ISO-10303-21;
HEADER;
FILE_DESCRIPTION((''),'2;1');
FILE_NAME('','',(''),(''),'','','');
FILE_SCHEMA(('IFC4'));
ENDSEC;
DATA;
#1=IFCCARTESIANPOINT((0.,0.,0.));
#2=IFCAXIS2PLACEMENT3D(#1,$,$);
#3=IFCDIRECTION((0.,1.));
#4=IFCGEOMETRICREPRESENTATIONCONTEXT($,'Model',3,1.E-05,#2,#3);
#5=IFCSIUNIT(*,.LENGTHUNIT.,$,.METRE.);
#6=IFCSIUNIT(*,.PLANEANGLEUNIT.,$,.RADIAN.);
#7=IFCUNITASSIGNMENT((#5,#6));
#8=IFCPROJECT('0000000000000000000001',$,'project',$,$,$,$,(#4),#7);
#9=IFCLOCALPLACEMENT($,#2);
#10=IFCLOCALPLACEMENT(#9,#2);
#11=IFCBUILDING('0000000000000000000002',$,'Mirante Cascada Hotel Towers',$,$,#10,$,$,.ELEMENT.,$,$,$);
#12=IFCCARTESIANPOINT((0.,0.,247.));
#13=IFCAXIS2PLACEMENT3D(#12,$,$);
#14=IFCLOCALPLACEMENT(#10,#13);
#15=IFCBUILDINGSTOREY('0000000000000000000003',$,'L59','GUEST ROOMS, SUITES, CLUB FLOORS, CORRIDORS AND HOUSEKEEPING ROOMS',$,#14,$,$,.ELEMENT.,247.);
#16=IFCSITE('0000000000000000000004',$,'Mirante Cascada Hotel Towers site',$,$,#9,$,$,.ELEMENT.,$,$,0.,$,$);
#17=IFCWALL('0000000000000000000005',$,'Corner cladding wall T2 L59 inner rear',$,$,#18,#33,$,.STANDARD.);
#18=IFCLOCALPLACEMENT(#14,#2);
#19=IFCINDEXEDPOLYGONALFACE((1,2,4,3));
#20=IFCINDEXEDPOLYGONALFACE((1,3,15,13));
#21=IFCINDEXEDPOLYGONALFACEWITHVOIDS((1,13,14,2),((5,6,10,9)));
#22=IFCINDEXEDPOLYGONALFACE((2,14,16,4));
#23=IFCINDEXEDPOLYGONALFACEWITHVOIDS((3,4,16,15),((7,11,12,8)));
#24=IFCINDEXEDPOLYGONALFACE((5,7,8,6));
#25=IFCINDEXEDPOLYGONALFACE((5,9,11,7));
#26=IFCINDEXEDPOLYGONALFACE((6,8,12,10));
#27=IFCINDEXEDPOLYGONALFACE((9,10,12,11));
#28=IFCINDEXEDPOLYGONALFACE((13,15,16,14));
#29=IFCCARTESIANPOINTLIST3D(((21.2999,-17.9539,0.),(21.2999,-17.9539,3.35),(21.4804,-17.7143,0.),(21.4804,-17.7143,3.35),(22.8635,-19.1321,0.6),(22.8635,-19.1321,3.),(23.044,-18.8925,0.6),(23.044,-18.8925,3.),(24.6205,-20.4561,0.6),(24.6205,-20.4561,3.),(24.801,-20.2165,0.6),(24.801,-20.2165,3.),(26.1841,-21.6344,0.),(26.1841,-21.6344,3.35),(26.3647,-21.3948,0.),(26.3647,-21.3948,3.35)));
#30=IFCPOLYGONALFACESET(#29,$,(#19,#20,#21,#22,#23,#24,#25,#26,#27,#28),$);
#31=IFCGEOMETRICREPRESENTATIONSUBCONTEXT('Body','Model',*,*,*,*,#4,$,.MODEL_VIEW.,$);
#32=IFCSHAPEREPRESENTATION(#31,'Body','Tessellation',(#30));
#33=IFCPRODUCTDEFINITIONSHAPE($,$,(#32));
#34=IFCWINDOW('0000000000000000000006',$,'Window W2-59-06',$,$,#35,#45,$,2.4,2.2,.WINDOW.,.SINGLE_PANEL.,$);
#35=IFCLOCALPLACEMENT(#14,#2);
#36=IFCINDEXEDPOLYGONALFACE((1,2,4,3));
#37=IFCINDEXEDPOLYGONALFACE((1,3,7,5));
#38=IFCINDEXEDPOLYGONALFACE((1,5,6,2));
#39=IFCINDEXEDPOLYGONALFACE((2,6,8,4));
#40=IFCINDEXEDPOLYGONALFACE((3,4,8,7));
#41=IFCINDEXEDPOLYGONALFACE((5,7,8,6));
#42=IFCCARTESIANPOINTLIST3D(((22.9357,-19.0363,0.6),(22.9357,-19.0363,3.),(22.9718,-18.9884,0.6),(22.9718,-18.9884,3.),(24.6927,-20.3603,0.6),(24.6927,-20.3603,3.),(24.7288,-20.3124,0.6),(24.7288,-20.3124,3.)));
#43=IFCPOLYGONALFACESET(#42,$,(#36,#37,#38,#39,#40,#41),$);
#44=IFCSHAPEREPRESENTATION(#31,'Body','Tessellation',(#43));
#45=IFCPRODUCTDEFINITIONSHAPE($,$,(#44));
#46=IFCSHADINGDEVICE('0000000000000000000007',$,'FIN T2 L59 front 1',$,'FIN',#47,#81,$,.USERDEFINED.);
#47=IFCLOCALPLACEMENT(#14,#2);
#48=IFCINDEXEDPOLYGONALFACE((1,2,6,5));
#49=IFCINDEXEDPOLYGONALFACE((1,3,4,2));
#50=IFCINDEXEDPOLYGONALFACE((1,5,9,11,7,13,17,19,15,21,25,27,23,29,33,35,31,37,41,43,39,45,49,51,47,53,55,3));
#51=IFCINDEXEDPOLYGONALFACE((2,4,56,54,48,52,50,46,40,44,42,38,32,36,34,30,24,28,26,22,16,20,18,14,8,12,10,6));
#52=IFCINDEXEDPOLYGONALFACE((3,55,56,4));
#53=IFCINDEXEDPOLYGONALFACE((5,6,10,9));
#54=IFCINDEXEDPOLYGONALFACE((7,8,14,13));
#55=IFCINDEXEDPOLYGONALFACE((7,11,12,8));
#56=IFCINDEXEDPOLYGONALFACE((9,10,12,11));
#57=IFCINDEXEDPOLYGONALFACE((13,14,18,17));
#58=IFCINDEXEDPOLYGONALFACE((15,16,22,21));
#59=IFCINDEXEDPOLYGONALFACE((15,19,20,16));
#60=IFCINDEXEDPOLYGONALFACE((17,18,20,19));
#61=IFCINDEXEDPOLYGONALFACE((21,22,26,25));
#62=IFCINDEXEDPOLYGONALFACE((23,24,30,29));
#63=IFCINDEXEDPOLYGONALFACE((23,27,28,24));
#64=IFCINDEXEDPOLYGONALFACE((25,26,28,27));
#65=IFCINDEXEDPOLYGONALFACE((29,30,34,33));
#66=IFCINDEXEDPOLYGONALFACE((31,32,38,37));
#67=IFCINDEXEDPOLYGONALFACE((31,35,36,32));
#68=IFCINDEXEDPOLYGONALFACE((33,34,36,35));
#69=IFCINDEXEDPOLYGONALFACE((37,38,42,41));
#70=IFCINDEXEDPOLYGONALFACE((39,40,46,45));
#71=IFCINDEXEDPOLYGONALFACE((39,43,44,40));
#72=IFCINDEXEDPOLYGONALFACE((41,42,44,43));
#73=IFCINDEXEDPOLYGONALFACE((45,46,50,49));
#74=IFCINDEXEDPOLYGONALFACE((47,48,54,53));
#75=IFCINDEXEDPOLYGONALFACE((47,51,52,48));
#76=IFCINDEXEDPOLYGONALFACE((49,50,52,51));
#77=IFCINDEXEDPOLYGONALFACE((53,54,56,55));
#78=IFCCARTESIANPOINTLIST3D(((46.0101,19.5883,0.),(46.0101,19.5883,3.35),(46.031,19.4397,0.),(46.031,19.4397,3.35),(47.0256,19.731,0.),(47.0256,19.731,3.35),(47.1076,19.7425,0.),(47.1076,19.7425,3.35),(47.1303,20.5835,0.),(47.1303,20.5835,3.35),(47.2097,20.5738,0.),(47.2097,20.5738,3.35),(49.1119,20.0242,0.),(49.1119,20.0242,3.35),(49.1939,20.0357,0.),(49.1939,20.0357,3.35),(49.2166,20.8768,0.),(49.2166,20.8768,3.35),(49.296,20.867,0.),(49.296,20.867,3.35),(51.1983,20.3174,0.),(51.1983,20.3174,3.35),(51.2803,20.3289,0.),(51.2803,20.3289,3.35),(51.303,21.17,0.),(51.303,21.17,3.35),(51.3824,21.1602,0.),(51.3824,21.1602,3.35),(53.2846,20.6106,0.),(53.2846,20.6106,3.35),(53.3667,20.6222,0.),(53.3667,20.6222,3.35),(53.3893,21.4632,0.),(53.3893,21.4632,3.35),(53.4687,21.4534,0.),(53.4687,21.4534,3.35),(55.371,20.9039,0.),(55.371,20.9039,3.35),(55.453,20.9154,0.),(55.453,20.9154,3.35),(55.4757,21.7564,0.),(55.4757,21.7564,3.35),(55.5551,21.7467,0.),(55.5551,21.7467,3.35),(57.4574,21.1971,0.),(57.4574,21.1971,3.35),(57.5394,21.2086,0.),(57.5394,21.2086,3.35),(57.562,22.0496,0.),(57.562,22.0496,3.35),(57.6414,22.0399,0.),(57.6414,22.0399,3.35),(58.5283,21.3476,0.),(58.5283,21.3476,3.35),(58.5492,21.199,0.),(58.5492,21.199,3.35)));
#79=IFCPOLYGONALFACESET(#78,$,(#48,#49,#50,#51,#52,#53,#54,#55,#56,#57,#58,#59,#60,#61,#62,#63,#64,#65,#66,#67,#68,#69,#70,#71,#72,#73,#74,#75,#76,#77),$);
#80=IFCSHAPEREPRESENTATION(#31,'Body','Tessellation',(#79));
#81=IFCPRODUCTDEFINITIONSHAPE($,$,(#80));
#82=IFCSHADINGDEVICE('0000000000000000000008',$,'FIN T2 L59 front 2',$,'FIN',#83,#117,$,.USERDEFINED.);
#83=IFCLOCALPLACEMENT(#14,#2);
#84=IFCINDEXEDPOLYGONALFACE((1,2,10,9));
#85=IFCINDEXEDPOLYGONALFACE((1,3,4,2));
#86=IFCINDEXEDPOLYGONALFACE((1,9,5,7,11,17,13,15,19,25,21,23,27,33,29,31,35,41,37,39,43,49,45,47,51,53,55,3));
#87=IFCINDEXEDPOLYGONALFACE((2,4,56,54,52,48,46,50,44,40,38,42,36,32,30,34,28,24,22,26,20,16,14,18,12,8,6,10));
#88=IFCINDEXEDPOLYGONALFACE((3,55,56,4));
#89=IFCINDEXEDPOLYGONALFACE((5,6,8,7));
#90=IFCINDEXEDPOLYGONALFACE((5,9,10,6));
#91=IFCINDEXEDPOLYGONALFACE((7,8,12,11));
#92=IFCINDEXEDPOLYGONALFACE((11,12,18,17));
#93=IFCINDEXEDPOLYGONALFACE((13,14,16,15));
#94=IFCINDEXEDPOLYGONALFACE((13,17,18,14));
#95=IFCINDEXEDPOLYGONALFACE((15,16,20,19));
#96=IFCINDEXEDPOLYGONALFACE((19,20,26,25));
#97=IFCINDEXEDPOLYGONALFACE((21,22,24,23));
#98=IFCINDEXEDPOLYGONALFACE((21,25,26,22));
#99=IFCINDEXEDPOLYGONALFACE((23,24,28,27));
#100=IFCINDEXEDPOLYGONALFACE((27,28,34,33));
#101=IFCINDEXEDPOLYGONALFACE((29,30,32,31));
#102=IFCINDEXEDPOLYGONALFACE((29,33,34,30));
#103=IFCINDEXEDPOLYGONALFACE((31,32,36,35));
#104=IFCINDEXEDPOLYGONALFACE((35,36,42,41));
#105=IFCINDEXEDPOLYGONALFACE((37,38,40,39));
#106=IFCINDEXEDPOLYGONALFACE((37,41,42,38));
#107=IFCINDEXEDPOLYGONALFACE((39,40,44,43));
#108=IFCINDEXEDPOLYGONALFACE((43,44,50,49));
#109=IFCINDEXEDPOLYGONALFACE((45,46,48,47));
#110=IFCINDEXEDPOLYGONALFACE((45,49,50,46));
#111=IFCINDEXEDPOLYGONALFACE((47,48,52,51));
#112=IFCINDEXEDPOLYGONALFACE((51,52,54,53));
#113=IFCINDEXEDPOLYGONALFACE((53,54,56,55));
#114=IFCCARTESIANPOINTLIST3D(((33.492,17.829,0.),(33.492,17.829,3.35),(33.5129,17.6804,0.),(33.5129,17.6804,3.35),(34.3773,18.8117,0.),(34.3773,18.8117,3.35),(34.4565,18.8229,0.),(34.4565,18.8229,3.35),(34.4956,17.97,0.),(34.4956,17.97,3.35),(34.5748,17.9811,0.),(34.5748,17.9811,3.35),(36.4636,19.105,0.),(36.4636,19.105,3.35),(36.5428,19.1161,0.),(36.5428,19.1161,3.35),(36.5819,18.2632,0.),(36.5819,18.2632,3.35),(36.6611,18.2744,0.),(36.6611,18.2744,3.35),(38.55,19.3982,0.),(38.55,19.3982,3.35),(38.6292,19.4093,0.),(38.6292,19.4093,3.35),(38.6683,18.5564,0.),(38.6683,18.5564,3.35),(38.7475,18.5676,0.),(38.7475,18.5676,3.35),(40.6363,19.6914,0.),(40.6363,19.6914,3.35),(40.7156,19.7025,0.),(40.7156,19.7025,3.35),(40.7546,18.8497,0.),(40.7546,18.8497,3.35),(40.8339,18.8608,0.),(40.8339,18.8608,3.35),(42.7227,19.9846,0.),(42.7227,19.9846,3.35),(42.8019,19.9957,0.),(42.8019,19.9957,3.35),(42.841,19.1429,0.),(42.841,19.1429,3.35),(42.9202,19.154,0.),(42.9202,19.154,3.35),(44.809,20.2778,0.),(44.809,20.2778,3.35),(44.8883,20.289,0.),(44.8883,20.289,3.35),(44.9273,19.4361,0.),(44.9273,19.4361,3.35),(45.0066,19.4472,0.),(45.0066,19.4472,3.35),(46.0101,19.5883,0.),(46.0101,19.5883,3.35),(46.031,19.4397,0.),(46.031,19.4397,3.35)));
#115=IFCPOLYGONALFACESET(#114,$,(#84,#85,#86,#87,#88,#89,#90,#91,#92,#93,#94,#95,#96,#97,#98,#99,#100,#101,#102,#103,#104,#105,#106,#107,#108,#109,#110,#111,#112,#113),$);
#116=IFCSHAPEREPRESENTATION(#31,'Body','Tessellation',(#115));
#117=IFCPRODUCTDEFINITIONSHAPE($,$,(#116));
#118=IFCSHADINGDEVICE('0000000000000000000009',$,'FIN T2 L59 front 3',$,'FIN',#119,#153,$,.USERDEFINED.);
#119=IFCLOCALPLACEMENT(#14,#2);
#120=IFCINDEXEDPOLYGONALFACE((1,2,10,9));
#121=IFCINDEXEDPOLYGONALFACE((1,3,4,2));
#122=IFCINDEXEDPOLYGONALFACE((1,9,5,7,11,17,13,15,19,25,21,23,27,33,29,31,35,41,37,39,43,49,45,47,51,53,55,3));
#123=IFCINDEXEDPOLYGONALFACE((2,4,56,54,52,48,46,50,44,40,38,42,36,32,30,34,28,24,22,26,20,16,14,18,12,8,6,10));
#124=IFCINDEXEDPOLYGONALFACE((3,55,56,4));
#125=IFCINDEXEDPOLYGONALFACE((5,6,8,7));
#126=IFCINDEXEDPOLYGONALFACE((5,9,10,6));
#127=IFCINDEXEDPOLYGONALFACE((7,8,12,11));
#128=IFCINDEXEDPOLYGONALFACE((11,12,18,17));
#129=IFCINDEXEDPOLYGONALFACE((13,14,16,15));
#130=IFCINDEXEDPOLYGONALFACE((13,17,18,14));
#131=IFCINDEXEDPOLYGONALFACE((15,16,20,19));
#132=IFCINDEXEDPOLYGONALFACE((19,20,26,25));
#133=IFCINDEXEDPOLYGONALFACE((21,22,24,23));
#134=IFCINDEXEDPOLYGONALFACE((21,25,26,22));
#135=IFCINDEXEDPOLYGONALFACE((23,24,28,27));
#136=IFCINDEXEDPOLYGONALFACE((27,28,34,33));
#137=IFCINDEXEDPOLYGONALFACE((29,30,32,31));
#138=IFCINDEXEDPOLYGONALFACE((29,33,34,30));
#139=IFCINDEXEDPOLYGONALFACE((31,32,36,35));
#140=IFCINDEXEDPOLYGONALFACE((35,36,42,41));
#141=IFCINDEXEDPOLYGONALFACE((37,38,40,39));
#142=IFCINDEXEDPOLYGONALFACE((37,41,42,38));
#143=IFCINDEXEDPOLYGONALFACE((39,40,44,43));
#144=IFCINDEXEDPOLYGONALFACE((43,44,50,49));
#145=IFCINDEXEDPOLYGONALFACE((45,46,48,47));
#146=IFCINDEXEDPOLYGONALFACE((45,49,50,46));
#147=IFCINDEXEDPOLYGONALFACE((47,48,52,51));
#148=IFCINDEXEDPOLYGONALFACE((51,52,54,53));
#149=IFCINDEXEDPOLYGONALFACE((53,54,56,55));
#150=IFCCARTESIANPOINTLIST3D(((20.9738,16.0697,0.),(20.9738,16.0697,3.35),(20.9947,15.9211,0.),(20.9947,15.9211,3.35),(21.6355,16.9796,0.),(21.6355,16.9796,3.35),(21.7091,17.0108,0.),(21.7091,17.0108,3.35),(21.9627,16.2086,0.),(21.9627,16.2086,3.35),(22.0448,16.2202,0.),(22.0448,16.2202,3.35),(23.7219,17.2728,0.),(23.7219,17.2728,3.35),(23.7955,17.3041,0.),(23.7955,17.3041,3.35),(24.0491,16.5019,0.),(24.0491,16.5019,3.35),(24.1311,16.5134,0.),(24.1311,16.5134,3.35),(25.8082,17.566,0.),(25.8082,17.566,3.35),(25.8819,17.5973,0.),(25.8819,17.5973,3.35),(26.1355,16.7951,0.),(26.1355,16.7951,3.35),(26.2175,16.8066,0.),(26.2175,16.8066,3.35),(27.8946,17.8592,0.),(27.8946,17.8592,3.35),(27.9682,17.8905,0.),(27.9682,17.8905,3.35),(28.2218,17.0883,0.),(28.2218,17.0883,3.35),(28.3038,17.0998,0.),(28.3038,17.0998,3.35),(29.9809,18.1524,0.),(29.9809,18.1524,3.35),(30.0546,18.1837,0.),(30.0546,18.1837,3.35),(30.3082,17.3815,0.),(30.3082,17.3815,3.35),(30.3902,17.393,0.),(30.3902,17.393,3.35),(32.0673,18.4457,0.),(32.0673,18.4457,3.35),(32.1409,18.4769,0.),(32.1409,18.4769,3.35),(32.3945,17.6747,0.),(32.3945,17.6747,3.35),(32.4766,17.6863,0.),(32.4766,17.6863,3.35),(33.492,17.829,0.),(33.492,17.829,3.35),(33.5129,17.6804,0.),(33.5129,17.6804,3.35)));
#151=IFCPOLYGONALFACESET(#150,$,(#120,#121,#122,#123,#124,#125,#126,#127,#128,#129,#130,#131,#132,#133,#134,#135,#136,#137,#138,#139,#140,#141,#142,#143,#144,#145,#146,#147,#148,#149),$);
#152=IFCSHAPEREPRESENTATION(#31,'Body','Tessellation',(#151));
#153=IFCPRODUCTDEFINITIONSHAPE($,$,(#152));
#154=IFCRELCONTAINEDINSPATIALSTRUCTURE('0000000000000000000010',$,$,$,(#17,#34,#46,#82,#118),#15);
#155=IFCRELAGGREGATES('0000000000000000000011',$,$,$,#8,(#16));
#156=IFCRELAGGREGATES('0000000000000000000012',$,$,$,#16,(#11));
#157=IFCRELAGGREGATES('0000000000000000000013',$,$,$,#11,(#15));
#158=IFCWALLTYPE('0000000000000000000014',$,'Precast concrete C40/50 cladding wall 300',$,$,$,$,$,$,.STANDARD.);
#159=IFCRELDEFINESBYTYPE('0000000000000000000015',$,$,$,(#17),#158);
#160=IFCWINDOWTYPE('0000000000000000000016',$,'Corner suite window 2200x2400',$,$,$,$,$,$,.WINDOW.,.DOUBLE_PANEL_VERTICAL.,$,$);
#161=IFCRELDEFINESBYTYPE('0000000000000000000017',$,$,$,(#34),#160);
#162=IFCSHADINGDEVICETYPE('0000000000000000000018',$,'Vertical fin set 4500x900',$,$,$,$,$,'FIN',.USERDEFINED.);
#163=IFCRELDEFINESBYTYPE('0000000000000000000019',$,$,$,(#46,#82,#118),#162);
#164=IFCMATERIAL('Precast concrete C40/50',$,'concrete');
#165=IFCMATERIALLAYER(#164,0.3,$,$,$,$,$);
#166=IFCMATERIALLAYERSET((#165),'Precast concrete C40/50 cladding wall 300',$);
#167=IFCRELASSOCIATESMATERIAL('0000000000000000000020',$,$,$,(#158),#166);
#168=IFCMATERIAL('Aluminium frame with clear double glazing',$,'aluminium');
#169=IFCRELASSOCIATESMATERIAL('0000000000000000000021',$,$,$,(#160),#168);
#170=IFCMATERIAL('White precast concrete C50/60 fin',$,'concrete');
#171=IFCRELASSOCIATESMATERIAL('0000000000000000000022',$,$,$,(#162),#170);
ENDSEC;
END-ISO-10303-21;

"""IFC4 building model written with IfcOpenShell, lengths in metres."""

from ifc_helpers import new_model, si_unit, direction, frame, frame_2d, origin, place, context, subcontext, project, spatial, polyline, rectangle, outline, extrude, material, layer, layer_set, type_object, element, fill, save


model = new_model("IFC4")

# Units and contexts
model_context = context("Model", 3, precision=1e-05, world=origin(), true_north=direction((0.0, 1.0)))
body_context = subcontext(model_context, "Body", "Model", "MODEL_VIEW")
ifc_project = project(units=[si_unit("LENGTHUNIT", "METRE"), si_unit("PLANEANGLEUNIT", "RADIAN")], contexts=[model_context])

# Site, building, storey
site_placement = place(None, origin())
site = spatial("IfcSite", under=ifc_project, at=site_placement, Name="Mirante Cascada Hotel Towers site", CompositionType="ELEMENT", RefElevation=0.0)
building_placement = place(site_placement, origin())
building = spatial("IfcBuilding", under=site, at=building_placement, Name="Mirante Cascada Hotel Towers", CompositionType="ELEMENT")
storey_placement = place(building_placement, frame((0.0, 0.0, 247.0)))
storey = spatial("IfcBuildingStorey", under=building, at=storey_placement, Name="L59", Description="GUEST ROOMS, SUITES, CLUB FLOORS, CORRIDORS AND HOUSEKEEPING ROOMS", CompositionType="ELEMENT", Elevation=247.0)

# Wall, opening, window
ifc_material_1 = material(Name="Precast concrete C40/50", Category="concrete")
ifc_layer_1 = layer(ifc_material_1, 0.3)
ifc_layer_set_1 = layer_set([ifc_layer_1], Name="Precast concrete C40/50 cladding wall 300")
wall_type_1 = type_object("IfcWallType", Name="Precast concrete C40/50 cladding wall 300", PredefinedType="STANDARD", material=ifc_layer_set_1)
wall_1_placement = place(storey_placement, frame((21.3902, -17.8341, 0.0), z_axis=(0.0, 0.0, 1.0), x_axis=(0.798636, -0.601814, 0.0)))
wall_1 = element("IfcWall", 1, at=wall_1_placement, inside=storey, type_object=wall_type_1, Name="Corner cladding wall T2 L59 inner rear", PredefinedType="STANDARD", context=body_context, shape_type="SweptSolid", body=[
    extrude(rectangle(XDim=6.1157, YDim=0.3, at=frame_2d((3.0578, 0.0))), origin(), (0.0, 0.0, 1.0), 3.35),
])
opening_1_placement = place(wall_1_placement, frame((1.9578, 0.0, 0.6)))
opening_1 = element("IfcOpeningElement", 2, at=opening_1_placement, cuts=wall_1, PredefinedType="OPENING", context=body_context, shape_type="SweptSolid", body=[
    extrude(rectangle(XDim=2.2, YDim=2.4, at=frame_2d((1.1, 1.2))), frame((0.0, 0.15, 0.0), z_axis=(0.0, -1.0, 0.0), x_axis=(1.0, 0.0, 0.0)), (0.0, 0.0, 1.0), 0.3),
])
ifc_material_2 = material(Name="Aluminium frame with clear double glazing", Category="aluminium")
window_type = type_object("IfcWindowType", Name="Corner suite window 2200x2400", PartitioningType="DOUBLE_PANEL_VERTICAL", PredefinedType="WINDOW", material=ifc_material_2)
window_placement = place(opening_1_placement, origin())
window = element("IfcWindow", 3, at=window_placement, inside=storey, type_object=window_type, Name="Window W2-59-06", OverallHeight=2.4, OverallWidth=2.2, PartitioningType="SINGLE_PANEL", PredefinedType="WINDOW", context=body_context, shape_type="SweptSolid", body=[
    extrude(rectangle(XDim=2.2, YDim=2.4, at=frame_2d((1.1, 1.2))), frame((0.0, 0.03, 0.0), z_axis=(0.0, -1.0, 0.0), x_axis=(1.0, 0.0, 0.0)), (0.0, 0.0, 1.0), 0.06),
])
fill(opening_1, window)

# Shading devices
ifc_material_3 = material(Name="White precast concrete C50/60 fin", Category="concrete")
shading_device_type = type_object("IfcShadingDeviceType", Name="Vertical fin set 4500x900", ElementType="FIN", PredefinedType="USERDEFINED", material=ifc_material_3)
shading_device_1_placement = place(storey_placement, origin())
element("IfcShadingDevice", 4, at=shading_device_1_placement, inside=storey, type_object=shading_device_type, Name="FIN T2 L59 front 1", ObjectType="FIN", PredefinedType="USERDEFINED", context=body_context, shape_type="SweptSolid", body=[
    extrude(outline(polyline([(47.2097, 20.5738), (47.1076, 19.7425), (49.1119, 20.0242), (49.2166, 20.8768), (49.296, 20.867), (49.1939, 20.0357), (51.1983, 20.3174), (51.303, 21.17), (51.3824, 21.1602), (51.2803, 20.3289), (53.2846, 20.6106), (53.3893, 21.4632), (53.4687, 21.4534), (53.3667, 20.6222), (55.371, 20.9039), (55.4757, 21.7564), (55.5551, 21.7467), (55.453, 20.9154), (57.4574, 21.1971), (57.562, 22.0496), (57.6414, 22.0399), (57.5394, 21.2086), (58.5283, 21.3476), (58.5492, 21.199), (46.031, 19.4397), (46.0101, 19.5883), (47.0256, 19.731), (47.1303, 20.5835), (47.2097, 20.5738)])), origin(), (0.0, 0.0, 1.0), 3.35),
])
shading_device_2_placement = place(storey_placement, origin())
element("IfcShadingDevice", 5, at=shading_device_2_placement, inside=storey, type_object=shading_device_type, Name="FIN T2 L59 front 2", ObjectType="FIN", PredefinedType="USERDEFINED", context=body_context, shape_type="SweptSolid", body=[
    extrude(outline(polyline([(34.4565, 18.8229), (34.5748, 17.9811), (36.5819, 18.2632), (36.4636, 19.105), (36.5428, 19.1161), (36.6611, 18.2744), (38.6683, 18.5564), (38.55, 19.3982), (38.6292, 19.4093), (38.7475, 18.5676), (40.7546, 18.8497), (40.6363, 19.6914), (40.7156, 19.7025), (40.8339, 18.8608), (42.841, 19.1429), (42.7227, 19.9846), (42.8019, 19.9957), (42.9202, 19.154), (44.9273, 19.4361), (44.809, 20.2778), (44.8883, 20.289), (45.0066, 19.4472), (46.0101, 19.5883), (46.031, 19.4397), (33.5129, 17.6804), (33.492, 17.829), (34.4956, 17.97), (34.3773, 18.8117), (34.4565, 18.8229)])), origin(), (0.0, 0.0, 1.0), 3.35),
])
shading_device_3_placement = place(storey_placement, origin())
element("IfcShadingDevice", 6, at=shading_device_3_placement, inside=storey, type_object=shading_device_type, Name="FIN T2 L59 front 3", ObjectType="FIN", PredefinedType="USERDEFINED", context=body_context, shape_type="SweptSolid", body=[
    extrude(outline(polyline([(21.7091, 17.0108), (22.0448, 16.2202), (24.0491, 16.5019), (23.7219, 17.2728), (23.7955, 17.3041), (24.1311, 16.5134), (26.1355, 16.7951), (25.8082, 17.566), (25.8819, 17.5973), (26.2175, 16.8066), (28.2218, 17.0883), (27.8946, 17.8592), (27.9682, 17.8905), (28.3038, 17.0998), (30.3082, 17.3815), (29.9809, 18.1524), (30.0546, 18.1837), (30.3902, 17.393), (32.3945, 17.6747), (32.0673, 18.4457), (32.1409, 18.4769), (32.4766, 17.6863), (33.492, 17.829), (33.5129, 17.6804), (20.9947, 15.9211), (20.9738, 16.0697), (21.9627, 16.2086), (21.6355, 16.9796), (21.7091, 17.0108)])), origin(), (0.0, 0.0, 1.0), 3.35),
])

save(model, "model.ifc")
